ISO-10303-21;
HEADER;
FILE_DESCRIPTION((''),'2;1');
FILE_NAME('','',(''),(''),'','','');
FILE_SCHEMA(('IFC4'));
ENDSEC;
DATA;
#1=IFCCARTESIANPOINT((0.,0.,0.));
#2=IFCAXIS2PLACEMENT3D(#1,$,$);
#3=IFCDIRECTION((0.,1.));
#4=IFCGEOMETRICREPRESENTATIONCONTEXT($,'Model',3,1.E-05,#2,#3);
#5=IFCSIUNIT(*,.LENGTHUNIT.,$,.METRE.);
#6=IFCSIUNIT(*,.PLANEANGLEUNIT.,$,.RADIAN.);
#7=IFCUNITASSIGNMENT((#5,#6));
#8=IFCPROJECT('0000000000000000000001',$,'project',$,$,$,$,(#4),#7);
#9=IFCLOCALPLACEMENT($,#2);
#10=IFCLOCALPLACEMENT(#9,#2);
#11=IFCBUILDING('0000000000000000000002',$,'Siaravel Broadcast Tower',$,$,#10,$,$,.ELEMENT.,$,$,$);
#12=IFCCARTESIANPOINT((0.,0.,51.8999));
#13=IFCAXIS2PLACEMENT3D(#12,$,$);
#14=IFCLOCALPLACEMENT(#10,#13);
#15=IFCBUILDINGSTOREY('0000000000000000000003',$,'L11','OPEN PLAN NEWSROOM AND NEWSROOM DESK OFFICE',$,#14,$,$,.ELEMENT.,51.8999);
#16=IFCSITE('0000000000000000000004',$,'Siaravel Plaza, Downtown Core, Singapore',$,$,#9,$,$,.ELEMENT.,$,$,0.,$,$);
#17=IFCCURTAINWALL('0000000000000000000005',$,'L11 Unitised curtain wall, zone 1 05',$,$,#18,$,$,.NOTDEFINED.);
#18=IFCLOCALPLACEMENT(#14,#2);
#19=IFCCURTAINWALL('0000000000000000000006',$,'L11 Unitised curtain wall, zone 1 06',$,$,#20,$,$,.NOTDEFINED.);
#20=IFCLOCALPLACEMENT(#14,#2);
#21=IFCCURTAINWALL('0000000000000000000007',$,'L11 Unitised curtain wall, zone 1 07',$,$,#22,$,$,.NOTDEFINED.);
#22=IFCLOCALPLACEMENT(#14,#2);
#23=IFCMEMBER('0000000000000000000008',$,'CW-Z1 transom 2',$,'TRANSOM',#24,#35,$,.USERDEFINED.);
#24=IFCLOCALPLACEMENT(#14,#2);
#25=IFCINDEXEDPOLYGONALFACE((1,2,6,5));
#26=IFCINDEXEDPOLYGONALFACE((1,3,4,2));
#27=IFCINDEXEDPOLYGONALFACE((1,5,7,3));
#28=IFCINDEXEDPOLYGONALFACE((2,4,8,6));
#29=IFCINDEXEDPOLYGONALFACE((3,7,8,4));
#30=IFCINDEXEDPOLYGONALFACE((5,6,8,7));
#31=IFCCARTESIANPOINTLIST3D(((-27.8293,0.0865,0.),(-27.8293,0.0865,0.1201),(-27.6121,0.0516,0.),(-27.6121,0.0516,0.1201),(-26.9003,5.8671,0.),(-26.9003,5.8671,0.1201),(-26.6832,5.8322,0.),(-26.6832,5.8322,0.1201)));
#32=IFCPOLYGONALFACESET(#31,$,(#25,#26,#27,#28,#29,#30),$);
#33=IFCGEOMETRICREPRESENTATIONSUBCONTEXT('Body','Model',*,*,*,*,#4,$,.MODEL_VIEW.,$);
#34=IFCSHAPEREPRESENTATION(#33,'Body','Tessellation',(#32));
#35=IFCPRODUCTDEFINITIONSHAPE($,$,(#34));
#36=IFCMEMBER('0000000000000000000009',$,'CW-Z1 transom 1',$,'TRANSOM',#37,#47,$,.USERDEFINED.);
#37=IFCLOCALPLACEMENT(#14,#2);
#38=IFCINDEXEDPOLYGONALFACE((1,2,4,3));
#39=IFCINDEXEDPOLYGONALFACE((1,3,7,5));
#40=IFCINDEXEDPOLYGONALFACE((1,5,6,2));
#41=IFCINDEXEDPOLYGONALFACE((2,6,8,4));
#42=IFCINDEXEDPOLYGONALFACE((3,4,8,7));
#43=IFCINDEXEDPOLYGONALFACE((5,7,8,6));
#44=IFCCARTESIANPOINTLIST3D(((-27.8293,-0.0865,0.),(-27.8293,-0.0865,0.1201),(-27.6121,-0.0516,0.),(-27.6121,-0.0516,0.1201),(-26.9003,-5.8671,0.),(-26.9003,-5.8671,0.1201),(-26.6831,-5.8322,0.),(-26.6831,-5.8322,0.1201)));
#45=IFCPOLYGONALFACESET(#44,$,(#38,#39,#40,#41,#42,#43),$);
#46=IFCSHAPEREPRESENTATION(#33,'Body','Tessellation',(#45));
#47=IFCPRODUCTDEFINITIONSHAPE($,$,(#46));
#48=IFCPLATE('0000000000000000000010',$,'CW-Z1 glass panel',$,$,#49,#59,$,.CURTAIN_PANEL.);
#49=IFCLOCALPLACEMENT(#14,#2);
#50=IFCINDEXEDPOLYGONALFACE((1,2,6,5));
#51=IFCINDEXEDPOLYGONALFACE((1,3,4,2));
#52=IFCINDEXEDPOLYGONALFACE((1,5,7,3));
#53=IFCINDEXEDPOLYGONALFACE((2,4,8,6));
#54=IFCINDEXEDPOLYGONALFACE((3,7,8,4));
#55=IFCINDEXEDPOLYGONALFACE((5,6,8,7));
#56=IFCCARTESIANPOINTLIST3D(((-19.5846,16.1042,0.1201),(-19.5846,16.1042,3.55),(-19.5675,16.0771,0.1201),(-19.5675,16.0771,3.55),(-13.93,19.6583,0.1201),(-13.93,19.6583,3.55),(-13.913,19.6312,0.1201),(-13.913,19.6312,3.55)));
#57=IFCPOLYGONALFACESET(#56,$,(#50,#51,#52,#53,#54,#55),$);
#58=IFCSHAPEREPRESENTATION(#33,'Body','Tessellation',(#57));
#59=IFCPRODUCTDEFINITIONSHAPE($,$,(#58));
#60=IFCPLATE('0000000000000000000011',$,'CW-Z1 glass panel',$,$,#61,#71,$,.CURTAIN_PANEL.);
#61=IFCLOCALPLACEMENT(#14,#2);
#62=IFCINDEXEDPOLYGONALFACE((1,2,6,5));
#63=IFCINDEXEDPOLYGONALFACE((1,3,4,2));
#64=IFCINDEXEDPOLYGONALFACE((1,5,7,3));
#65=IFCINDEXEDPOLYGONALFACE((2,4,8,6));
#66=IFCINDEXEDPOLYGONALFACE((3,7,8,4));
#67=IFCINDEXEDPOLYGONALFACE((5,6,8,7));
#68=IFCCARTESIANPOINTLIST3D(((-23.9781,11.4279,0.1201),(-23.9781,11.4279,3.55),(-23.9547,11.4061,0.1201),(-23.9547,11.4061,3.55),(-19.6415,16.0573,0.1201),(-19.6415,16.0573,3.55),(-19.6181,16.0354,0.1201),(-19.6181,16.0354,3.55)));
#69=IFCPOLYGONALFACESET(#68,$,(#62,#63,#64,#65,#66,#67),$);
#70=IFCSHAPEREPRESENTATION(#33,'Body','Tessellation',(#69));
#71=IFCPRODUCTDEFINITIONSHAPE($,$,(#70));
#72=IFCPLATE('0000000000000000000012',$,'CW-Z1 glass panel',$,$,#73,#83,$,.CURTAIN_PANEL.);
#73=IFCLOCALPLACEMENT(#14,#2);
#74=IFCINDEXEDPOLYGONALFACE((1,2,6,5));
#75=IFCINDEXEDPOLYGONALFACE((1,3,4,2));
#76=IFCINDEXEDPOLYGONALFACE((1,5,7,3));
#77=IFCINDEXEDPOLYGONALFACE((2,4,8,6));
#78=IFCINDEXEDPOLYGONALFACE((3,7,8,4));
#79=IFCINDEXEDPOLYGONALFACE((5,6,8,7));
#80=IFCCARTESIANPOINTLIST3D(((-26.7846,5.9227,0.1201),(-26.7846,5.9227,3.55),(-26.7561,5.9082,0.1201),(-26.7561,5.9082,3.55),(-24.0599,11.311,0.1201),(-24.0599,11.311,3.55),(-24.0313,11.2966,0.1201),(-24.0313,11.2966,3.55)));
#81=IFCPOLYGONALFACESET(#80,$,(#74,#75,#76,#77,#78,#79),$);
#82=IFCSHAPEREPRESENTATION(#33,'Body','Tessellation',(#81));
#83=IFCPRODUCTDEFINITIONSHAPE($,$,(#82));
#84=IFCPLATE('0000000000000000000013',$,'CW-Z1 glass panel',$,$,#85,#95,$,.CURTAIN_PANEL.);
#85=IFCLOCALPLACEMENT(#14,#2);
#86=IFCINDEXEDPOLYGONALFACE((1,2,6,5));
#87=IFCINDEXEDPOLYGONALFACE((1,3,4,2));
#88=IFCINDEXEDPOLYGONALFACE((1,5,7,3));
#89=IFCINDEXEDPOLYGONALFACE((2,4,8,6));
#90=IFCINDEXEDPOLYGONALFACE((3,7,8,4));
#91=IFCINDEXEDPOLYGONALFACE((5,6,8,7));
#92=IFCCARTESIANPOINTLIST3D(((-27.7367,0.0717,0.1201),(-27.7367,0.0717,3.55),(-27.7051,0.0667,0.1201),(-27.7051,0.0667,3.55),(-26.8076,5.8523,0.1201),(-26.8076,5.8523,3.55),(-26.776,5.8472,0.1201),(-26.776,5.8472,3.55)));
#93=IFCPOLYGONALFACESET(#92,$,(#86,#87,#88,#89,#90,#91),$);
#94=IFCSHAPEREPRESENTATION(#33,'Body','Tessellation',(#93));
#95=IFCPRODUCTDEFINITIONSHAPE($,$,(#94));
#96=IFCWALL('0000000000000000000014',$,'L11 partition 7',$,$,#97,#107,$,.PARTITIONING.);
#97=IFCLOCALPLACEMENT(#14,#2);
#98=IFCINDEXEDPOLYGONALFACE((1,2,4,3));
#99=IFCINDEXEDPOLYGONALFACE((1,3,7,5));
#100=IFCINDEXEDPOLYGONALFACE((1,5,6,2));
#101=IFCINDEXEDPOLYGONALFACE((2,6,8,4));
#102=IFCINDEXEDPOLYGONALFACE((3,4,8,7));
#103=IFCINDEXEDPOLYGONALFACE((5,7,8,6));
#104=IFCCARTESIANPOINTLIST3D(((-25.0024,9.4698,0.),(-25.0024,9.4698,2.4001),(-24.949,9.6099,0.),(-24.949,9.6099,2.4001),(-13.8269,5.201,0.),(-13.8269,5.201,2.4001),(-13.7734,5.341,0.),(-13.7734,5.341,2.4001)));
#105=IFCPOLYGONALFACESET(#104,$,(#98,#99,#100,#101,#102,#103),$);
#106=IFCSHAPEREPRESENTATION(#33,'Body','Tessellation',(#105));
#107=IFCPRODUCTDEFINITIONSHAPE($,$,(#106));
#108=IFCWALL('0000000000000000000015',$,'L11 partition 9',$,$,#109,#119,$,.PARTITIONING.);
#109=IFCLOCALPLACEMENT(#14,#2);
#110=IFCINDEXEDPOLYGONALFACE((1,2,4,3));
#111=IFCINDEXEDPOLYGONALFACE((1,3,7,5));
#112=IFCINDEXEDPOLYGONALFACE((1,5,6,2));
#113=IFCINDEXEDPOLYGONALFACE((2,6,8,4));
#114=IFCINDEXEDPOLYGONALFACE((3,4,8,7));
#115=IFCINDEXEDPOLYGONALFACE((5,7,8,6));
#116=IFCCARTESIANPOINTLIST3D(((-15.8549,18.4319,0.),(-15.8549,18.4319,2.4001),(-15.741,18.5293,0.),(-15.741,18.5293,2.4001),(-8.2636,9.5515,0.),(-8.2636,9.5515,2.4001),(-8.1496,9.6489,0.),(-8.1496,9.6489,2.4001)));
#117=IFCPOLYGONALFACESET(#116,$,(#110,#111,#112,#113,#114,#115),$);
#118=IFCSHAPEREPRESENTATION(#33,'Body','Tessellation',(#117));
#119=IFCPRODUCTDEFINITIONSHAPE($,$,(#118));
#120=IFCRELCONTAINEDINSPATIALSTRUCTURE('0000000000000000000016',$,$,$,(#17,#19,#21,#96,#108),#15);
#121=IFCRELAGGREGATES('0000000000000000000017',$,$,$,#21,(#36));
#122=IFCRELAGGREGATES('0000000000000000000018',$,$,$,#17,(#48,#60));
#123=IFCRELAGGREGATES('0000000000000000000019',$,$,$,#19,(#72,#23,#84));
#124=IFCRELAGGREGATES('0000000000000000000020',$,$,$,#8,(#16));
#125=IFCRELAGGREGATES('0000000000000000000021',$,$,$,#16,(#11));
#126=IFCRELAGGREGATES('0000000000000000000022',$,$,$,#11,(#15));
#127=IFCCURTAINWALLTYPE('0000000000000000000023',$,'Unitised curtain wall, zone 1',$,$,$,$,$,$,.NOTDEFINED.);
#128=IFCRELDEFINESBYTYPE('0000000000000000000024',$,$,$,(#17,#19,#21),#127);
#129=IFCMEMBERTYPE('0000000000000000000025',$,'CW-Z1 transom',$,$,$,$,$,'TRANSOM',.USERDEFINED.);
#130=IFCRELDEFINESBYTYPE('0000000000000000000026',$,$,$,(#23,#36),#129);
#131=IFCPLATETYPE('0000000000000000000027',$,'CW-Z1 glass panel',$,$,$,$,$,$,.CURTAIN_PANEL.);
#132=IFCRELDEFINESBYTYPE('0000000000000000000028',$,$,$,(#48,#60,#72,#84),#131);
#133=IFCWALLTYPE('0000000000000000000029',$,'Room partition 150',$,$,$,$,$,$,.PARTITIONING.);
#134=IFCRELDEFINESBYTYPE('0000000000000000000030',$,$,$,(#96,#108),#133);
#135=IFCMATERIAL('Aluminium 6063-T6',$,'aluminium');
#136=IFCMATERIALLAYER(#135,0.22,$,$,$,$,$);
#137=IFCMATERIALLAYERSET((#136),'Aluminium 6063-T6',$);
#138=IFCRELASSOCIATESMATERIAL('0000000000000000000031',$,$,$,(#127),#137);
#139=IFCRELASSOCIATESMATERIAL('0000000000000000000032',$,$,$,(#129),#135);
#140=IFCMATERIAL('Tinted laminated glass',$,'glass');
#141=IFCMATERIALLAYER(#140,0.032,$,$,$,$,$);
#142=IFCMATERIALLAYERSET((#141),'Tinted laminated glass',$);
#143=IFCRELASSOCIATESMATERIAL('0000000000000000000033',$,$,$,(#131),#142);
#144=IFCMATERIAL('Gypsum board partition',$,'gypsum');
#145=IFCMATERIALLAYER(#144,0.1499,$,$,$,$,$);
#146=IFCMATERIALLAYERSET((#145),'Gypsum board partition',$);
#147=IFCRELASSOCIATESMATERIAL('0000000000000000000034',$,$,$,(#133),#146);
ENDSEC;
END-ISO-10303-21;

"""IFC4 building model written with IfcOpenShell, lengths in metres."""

from ifc_helpers import new_model, si_unit, direction, frame, frame_2d, origin, origin_2d, place, context, subcontext, project, spatial, rectangle, extrude, material, layer, layer_set, material_profile, profile_set, type_object, element, aggregate, save


model = new_model("IFC4")

# Units and contexts
model_context = context("Model", 3, precision=1e-05, world=origin(), true_north=direction((0.0, 1.0)))
body_context = subcontext(model_context, "Body", "Model", "MODEL_VIEW")
ifc_project = project(units=[si_unit("LENGTHUNIT", "METRE"), si_unit("PLANEANGLEUNIT", "RADIAN")], contexts=[model_context])

# Site, building, storey
site_placement = place(None, origin())
site = spatial("IfcSite", under=ifc_project, at=site_placement, Name="Siaravel Plaza, Downtown Core, Singapore", CompositionType="ELEMENT", RefElevation=0.0)
building_placement = place(site_placement, origin())
building = spatial("IfcBuilding", under=site, at=building_placement, Name="Siaravel Broadcast Tower", CompositionType="ELEMENT")
storey_placement = place(building_placement, frame((0.0, 0.0, 51.8999)))
storey = spatial("IfcBuildingStorey", under=building, at=storey_placement, Name="L11", Description="OPEN PLAN NEWSROOM AND NEWSROOM DESK OFFICE", CompositionType="ELEMENT", Elevation=51.8999)

# Shared definitions
ifc_material_1 = material(Name="Aluminium 6063-T6", Category="aluminium")
ifc_layer_1 = layer(ifc_material_1, 0.22)
ifc_layer_set_1 = layer_set([ifc_layer_1], Name="Aluminium 6063-T6")
curtain_wall_type = type_object("IfcCurtainWallType", Name="Unitised curtain wall, zone 1", PredefinedType="NOTDEFINED", material=ifc_layer_set_1)

# Curtain walls
curtain_wall_1_placement = place(storey_placement, origin())
curtain_wall_1 = element("IfcCurtainWall", 1, at=curtain_wall_1_placement, inside=storey, type_object=curtain_wall_type, Name="L11 Unitised curtain wall, zone 1 05", PredefinedType="NOTDEFINED")
curtain_wall_2_placement = place(storey_placement, origin())
curtain_wall_2 = element("IfcCurtainWall", 2, at=curtain_wall_2_placement, inside=storey, type_object=curtain_wall_type, Name="L11 Unitised curtain wall, zone 1 06", PredefinedType="NOTDEFINED")

# Curtain wall
curtain_wall_3_placement = place(storey_placement, origin())
curtain_wall_3 = element("IfcCurtainWall", 3, at=curtain_wall_3_placement, inside=storey, type_object=curtain_wall_type, Name="L11 Unitised curtain wall, zone 1 07", PredefinedType="NOTDEFINED")

# Members
ifc_material_profile_1 = material_profile(ifc_material_1, rectangle(XDim=0.22, YDim=0.1201, at=origin_2d()))
ifc_profile_set_1 = profile_set([ifc_material_profile_1], Name="Aluminium 6063-T6")
member_type_1 = type_object("IfcMemberType", Name="CW-Z1 transom", ElementType="TRANSOM", PredefinedType="USERDEFINED", material=ifc_profile_set_1)
member_1_placement = place(storey_placement, frame((-26.7917, 5.8496, 0.0601), z_axis=(-0.158669, -0.987332, 0.0), x_axis=(0.987332, -0.158669, 0.0)))
member_1 = element("IfcMember", 4, at=member_1_placement, type_object=member_type_1, Name="CW-Z1 transom 2", ObjectType="TRANSOM", PredefinedType="USERDEFINED", context=body_context, shape_type="SweptSolid", body=[
    extrude(rectangle(XDim=0.22, YDim=0.1201, at=origin_2d()), origin(), (0.0, 0.0, 1.0), 5.8547),
])
member_2_placement = place(storey_placement, frame((-27.7207, -0.0691, 0.0601), z_axis=(0.158669, -0.987332, 0.0), x_axis=(0.987332, 0.158669, 0.0)))
member_2 = element("IfcMember", 5, at=member_2_placement, type_object=member_type_1, Name="CW-Z1 transom 1", ObjectType="TRANSOM", PredefinedType="USERDEFINED", context=body_context, shape_type="SweptSolid", body=[
    extrude(rectangle(XDim=0.22, YDim=0.1201, at=origin_2d()), origin(), (0.0, 0.0, 1.0), 5.8547),
])
aggregate(curtain_wall_3, [member_2])

# Plates
ifc_material_2 = material(Name="Tinted laminated glass", Category="glass")
ifc_layer_2 = layer(ifc_material_2, 0.032)
ifc_layer_set_2 = layer_set([ifc_layer_2], Name="Tinted laminated glass")
plate_type = type_object("IfcPlateType", Name="CW-Z1 glass panel", PredefinedType="CURTAIN_PANEL", material=ifc_layer_set_2)
plate_1_placement = place(storey_placement, frame((-16.7488, 17.8677, 0.1201), z_axis=(0.0, 0.0, 1.0), x_axis=(-0.846651, -0.532149, 0.0)))
plate_1 = element("IfcPlate", 6, at=plate_1_placement, type_object=plate_type, Name="CW-Z1 glass panel", PredefinedType="CURTAIN_PANEL", context=body_context, shape_type="SweptSolid", body=[
    extrude(rectangle(XDim=6.6787, YDim=0.032, at=origin_2d()), origin(), (0.0, 0.0, 1.0), 3.4299),
])
plate_2_placement = place(storey_placement, frame((-21.7981, 13.7317, 0.1201), z_axis=(0.0, 0.0, 1.0), x_axis=(-0.683655, -0.729805, 0.0)))
plate_2 = element("IfcPlate", 7, at=plate_2_placement, type_object=plate_type, Name="CW-Z1 glass panel", PredefinedType="CURTAIN_PANEL", context=body_context, shape_type="SweptSolid", body=[
    extrude(rectangle(XDim=6.3433, YDim=0.032, at=origin_2d()), origin(), (0.0, 0.0, 1.0), 3.4299),
])
aggregate(curtain_wall_1, [plate_1, plate_2])
plate_3_placement = place(storey_placement, frame((-25.408, 8.6096, 0.1201), z_axis=(0.0, 0.0, 1.0), x_axis=(-0.451261, -0.892392, 0.0)))
plate_3 = element("IfcPlate", 8, at=plate_3_placement, type_object=plate_type, Name="CW-Z1 glass panel", PredefinedType="CURTAIN_PANEL", context=body_context, shape_type="SweptSolid", body=[
    extrude(rectangle(XDim=6.0381, YDim=0.032, at=origin_2d()), origin(), (0.0, 0.0, 1.0), 3.4299),
])
plate_4_placement = place(storey_placement, frame((-27.2563, 2.9595, 0.1201), z_axis=(0.0, 0.0, 1.0), x_axis=(-0.158686, -0.987329, 0.0)))
plate_4 = element("IfcPlate", 9, at=plate_4_placement, type_object=plate_type, Name="CW-Z1 glass panel", PredefinedType="CURTAIN_PANEL", context=body_context, shape_type="SweptSolid", body=[
    extrude(rectangle(XDim=5.8547, YDim=0.032, at=origin_2d()), origin(), (0.0, 0.0, 1.0), 3.4299),
])
aggregate(curtain_wall_2, [plate_3, member_1, plate_4])

# Walls
ifc_material_3 = material(Name="Gypsum board partition", Category="gypsum")
ifc_layer_3 = layer(ifc_material_3, 0.1499)
ifc_layer_set_3 = layer_set([ifc_layer_3], Name="Gypsum board partition")
wall_type = type_object("IfcWallType", Name="Room partition 150", PredefinedType="PARTITIONING", material=ifc_layer_set_3)
wall_1_placement = place(storey_placement, frame((-24.9756, 9.5398, 0.0), z_axis=(0.0, 0.0, 1.0), x_axis=(0.934169, -0.356831, 0.0)))
element("IfcWall", 10, at=wall_1_placement, inside=storey, type_object=wall_type, Name="L11 partition 7", PredefinedType="PARTITIONING", context=body_context, shape_type="SweptSolid", body=[
    extrude(rectangle(XDim=11.9631, YDim=0.1499, at=frame_2d((5.9814, 0.0))), origin(), (0.0, 0.0, 1.0), 2.4001),
])
wall_2_placement = place(storey_placement, frame((-15.7979, 18.4805, 0.0), z_axis=(0.0, 0.0, 1.0), x_axis=(0.649782, -0.76012, 0.0)))
element("IfcWall", 11, at=wall_2_placement, inside=storey, type_object=wall_type, Name="L11 partition 9", PredefinedType="PARTITIONING", context=body_context, shape_type="SweptSolid", body=[
    extrude(rectangle(XDim=11.6829, YDim=0.1499, at=frame_2d((5.8413, 0.0))), origin(), (0.0, 0.0, 1.0), 2.4001),
])

save(model, "model.ifc")
